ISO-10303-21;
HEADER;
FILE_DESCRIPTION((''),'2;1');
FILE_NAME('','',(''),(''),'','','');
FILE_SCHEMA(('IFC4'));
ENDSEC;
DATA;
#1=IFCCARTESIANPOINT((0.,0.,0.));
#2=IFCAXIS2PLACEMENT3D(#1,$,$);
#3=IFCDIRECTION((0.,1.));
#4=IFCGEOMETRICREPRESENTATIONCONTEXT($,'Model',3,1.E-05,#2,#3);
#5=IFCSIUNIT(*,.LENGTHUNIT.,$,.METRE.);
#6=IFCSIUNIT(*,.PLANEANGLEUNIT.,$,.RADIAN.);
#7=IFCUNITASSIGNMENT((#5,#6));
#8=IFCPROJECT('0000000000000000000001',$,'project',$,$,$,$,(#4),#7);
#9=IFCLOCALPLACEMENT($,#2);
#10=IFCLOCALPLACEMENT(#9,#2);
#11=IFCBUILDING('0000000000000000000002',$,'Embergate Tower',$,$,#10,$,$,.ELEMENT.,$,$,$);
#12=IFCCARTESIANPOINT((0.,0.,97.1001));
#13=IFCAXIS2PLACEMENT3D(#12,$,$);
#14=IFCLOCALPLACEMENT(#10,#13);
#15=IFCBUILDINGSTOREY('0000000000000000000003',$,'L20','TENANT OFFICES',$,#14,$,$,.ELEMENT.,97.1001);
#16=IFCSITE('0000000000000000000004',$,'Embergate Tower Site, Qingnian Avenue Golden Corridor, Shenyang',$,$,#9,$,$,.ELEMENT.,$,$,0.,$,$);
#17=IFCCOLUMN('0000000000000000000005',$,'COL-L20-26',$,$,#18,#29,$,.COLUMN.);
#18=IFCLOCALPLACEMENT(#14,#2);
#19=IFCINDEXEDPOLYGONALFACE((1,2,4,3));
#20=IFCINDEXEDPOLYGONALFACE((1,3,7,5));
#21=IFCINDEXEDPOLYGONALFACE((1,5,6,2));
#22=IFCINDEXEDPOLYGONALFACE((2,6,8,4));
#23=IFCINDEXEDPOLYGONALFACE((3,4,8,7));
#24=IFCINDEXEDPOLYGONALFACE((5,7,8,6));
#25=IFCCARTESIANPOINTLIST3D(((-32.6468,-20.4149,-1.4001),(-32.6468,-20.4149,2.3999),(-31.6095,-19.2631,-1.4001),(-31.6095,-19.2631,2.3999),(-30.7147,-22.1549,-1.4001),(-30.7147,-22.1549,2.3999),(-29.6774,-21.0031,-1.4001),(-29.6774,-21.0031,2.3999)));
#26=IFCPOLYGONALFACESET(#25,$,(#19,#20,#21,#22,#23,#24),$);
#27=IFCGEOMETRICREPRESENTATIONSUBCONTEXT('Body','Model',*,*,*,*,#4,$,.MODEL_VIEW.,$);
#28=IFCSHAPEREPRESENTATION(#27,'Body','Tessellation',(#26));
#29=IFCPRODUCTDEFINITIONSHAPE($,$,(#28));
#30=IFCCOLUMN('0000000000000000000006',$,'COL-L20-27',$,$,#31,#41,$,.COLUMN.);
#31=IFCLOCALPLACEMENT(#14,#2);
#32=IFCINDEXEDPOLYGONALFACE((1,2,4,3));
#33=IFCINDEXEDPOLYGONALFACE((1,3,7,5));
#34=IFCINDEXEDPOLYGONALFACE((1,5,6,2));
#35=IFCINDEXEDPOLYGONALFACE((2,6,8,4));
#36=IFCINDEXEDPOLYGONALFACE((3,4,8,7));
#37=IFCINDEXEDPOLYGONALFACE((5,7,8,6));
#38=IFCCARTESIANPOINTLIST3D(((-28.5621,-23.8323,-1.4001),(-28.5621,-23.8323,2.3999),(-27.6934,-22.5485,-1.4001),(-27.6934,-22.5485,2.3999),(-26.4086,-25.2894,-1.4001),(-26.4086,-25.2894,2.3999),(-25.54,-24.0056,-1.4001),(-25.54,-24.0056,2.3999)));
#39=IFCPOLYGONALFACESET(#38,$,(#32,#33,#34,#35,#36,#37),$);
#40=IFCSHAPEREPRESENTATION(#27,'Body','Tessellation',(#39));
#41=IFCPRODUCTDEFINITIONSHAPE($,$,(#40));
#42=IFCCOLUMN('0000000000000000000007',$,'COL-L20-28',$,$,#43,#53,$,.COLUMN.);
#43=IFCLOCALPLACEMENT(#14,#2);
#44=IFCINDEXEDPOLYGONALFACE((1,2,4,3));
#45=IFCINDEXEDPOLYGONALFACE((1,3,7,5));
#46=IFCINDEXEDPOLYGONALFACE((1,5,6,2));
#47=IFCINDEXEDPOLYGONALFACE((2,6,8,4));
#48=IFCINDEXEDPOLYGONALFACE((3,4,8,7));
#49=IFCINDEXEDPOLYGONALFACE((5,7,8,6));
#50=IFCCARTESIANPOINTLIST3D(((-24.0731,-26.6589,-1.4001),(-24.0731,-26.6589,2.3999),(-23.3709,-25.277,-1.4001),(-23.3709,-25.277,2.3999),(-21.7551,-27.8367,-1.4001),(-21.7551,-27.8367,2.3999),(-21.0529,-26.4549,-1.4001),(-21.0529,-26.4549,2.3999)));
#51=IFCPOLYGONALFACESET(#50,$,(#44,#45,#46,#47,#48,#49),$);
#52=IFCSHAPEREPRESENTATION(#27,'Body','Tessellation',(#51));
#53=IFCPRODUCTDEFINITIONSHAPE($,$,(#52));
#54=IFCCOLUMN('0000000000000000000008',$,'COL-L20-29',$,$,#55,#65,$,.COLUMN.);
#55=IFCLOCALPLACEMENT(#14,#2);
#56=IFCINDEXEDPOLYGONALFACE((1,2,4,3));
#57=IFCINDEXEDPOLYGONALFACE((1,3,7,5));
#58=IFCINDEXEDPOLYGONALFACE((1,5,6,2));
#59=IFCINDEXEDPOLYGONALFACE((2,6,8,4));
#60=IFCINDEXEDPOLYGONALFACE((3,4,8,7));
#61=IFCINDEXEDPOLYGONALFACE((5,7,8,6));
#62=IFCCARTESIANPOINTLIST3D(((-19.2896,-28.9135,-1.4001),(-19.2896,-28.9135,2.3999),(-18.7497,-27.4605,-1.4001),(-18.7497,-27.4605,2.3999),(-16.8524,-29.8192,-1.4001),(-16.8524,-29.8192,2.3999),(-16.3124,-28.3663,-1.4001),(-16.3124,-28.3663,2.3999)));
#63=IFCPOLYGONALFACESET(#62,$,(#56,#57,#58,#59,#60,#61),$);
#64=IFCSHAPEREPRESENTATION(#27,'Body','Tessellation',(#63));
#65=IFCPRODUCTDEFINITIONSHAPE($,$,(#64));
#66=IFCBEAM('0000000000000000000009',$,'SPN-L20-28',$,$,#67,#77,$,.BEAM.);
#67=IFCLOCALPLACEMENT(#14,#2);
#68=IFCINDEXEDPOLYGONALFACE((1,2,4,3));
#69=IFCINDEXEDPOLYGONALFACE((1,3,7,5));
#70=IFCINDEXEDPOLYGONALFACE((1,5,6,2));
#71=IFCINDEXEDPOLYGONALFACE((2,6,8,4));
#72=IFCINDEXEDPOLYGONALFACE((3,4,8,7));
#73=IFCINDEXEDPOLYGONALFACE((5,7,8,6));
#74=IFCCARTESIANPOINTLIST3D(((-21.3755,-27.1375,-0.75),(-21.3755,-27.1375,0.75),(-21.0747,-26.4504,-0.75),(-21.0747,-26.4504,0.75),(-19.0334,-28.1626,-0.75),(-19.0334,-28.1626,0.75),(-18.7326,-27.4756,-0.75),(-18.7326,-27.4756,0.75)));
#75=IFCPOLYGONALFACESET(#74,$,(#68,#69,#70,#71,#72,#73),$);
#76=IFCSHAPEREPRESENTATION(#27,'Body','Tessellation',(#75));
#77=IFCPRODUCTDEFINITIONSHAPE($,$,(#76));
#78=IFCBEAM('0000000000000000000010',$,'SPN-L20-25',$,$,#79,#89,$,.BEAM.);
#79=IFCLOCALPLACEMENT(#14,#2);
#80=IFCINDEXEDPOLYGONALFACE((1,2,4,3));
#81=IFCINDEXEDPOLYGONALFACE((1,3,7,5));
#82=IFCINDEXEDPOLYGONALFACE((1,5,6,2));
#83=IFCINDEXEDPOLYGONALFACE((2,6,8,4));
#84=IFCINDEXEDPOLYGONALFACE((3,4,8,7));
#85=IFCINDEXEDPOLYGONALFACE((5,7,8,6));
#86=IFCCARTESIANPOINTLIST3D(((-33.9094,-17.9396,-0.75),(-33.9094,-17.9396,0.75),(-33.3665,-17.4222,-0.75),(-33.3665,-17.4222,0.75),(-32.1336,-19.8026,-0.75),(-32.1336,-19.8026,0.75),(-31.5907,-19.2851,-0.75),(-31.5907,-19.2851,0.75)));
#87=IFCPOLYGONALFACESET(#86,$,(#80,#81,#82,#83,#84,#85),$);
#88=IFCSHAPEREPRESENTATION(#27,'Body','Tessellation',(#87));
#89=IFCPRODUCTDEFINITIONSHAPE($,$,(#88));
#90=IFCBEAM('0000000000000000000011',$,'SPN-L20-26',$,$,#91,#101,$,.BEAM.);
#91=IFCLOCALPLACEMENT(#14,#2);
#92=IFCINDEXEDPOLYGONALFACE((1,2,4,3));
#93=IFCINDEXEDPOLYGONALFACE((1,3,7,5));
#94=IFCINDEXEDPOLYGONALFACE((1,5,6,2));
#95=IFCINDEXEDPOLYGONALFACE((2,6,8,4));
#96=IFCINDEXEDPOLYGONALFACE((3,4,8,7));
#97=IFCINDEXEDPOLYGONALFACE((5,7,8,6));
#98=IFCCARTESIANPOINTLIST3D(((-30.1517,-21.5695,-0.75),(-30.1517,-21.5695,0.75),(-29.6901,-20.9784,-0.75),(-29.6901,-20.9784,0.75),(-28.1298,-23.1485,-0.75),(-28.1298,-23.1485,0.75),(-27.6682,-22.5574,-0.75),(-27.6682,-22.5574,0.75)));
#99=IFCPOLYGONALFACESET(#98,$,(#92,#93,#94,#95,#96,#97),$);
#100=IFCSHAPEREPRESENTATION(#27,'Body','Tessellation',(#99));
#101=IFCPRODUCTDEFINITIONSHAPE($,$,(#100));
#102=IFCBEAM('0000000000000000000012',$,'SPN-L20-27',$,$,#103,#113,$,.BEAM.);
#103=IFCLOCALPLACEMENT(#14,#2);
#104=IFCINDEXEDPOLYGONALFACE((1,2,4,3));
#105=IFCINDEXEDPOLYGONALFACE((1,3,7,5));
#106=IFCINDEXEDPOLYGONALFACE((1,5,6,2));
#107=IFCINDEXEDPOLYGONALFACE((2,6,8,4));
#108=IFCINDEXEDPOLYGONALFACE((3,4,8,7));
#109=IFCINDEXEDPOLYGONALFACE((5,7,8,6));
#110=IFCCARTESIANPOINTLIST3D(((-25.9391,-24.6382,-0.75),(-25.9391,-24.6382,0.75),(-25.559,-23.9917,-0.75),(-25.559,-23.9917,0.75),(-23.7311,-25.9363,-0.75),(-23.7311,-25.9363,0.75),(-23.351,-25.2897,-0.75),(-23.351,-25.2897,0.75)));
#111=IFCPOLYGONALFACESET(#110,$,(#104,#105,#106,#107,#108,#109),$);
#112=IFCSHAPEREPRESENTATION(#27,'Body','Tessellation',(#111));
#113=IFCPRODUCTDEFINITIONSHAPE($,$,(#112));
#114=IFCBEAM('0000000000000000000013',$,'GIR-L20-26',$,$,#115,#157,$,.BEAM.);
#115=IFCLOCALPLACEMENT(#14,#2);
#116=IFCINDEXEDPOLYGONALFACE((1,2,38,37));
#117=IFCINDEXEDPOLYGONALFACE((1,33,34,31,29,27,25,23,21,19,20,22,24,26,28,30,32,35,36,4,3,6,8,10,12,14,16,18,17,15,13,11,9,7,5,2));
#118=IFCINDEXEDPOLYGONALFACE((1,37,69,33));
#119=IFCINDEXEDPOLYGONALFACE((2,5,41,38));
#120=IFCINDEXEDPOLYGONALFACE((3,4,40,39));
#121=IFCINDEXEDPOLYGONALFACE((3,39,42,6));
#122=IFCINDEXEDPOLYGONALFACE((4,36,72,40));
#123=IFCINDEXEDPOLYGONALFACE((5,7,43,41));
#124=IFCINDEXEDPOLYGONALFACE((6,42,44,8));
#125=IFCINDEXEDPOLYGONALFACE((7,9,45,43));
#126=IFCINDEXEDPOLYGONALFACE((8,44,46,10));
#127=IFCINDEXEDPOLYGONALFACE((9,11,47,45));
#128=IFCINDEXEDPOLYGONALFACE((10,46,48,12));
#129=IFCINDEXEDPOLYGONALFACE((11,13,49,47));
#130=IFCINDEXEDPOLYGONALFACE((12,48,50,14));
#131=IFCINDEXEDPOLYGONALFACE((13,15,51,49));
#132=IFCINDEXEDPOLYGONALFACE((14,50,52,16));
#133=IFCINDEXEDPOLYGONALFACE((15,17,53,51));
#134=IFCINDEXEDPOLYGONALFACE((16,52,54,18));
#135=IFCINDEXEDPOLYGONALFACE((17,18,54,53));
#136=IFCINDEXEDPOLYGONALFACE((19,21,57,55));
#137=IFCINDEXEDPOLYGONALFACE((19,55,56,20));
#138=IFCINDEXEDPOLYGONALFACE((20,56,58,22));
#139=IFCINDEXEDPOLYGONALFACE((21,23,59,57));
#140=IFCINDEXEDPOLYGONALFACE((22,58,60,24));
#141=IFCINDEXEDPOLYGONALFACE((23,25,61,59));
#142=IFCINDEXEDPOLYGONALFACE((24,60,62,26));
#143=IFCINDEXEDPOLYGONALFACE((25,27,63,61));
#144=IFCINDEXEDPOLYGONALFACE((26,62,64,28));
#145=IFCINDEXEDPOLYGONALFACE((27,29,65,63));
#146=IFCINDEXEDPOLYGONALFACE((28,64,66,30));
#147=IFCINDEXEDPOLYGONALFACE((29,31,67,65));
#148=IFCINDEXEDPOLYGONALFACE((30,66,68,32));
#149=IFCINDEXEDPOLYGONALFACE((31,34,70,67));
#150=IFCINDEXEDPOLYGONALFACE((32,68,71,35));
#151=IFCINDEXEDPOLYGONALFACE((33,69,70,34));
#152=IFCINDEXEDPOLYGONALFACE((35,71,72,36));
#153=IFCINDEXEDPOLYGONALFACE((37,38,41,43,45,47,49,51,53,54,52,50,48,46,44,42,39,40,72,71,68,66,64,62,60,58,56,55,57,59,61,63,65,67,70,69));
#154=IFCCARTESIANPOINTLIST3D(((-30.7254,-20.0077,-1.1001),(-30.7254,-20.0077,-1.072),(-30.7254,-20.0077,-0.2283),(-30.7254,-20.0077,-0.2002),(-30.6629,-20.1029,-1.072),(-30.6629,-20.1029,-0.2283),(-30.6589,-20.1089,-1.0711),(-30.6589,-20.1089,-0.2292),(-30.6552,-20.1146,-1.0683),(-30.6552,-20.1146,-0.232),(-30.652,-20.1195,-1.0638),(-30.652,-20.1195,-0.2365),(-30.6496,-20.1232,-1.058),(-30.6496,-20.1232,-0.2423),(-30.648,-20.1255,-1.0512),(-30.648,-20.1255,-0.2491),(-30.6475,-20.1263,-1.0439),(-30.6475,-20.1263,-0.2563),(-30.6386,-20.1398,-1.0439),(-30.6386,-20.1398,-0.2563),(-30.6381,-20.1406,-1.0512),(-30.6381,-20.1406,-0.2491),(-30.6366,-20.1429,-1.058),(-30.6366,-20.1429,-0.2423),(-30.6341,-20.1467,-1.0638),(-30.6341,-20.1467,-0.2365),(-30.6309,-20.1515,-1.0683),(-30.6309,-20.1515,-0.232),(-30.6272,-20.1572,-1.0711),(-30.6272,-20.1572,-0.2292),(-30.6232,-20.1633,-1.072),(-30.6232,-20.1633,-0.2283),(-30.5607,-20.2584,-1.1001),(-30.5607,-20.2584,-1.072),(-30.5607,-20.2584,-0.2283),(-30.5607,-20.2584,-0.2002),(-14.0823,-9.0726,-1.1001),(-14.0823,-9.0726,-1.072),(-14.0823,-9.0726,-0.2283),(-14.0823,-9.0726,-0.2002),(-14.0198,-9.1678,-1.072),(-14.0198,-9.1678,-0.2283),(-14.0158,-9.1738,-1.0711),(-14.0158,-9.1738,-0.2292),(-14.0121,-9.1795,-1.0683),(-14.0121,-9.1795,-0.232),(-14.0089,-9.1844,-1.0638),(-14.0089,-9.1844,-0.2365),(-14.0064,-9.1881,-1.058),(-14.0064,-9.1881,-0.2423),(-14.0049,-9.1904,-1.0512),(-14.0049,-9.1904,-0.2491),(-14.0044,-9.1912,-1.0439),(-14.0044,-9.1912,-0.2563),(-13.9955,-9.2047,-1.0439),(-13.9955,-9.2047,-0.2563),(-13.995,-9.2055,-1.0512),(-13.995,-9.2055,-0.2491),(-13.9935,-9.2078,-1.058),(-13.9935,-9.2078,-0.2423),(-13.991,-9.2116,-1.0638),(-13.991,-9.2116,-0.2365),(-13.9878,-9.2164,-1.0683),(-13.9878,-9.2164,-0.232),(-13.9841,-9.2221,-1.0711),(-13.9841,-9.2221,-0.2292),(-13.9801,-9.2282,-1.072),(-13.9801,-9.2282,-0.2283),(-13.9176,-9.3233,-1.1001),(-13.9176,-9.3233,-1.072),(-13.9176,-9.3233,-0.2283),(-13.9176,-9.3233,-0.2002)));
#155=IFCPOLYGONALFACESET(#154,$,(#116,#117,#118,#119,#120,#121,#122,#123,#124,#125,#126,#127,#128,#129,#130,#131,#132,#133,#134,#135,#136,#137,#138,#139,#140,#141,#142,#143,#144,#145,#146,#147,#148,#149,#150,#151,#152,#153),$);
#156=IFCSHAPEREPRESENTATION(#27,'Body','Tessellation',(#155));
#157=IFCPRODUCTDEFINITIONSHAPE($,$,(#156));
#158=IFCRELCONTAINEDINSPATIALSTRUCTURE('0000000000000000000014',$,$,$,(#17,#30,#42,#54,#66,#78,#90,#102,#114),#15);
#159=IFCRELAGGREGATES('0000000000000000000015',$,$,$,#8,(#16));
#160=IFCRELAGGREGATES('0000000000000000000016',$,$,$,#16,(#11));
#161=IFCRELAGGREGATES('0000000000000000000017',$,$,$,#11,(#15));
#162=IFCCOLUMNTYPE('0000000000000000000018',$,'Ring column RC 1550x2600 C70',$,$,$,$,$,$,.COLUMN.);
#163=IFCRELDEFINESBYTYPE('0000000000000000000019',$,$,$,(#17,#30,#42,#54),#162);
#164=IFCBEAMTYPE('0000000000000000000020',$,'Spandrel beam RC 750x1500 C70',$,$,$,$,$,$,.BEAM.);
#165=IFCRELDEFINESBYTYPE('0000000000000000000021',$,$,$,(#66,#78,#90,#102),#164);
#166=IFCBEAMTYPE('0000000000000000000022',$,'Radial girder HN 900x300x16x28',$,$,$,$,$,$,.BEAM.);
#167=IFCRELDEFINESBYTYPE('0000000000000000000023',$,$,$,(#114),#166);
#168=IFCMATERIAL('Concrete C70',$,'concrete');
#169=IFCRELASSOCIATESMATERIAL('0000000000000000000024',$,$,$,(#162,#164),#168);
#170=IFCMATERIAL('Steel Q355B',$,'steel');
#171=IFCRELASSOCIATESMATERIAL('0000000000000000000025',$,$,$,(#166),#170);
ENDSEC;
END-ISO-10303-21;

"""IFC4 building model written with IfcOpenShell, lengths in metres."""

from ifc_helpers import new_model, si_unit, direction, frame, origin, origin_2d, place, context, subcontext, project, spatial, rectangle, i_section, extrude, source, transform, mapped, material, material_profile, profile_set, type_object, element, save


model = new_model("IFC4")

# Units and contexts
model_context = context("Model", 3, precision=1e-05, world=origin(), true_north=direction((0.0, 1.0)))
body_context = subcontext(model_context, "Body", "Model", "MODEL_VIEW")
ifc_project = project(units=[si_unit("LENGTHUNIT", "METRE"), si_unit("PLANEANGLEUNIT", "RADIAN")], contexts=[model_context])

# Site, building, storey
site_placement = place(None, origin())
site = spatial("IfcSite", under=ifc_project, at=site_placement, Name="Embergate Tower Site, Qingnian Avenue Golden Corridor, Shenyang", CompositionType="ELEMENT", RefElevation=0.0)
building_placement = place(site_placement, origin())
building = spatial("IfcBuilding", under=site, at=building_placement, Name="Embergate Tower", CompositionType="ELEMENT")
storey_placement = place(building_placement, frame((0.0, 0.0, 97.1001)))
storey = spatial("IfcBuildingStorey", under=building, at=storey_placement, Name="L20", Description="TENANT OFFICES", CompositionType="ELEMENT", Elevation=97.1001)

# Columns
ifc_material_1 = material(Name="Concrete C70", Category="concrete")
ifc_material_profile_1 = material_profile(ifc_material_1, rectangle(XDim=1.55, YDim=2.6001, at=origin_2d()), Name="RC 1550x2600")
ifc_profile_set_1 = profile_set([ifc_material_profile_1], Name="Concrete C70")
column_type = type_object("IfcColumnType", Name="Ring column RC 1550x2600 C70", PredefinedType="COLUMN", material=ifc_profile_set_1)
shared_shape_1 = source(origin(), body_context, "Body", "SweptSolid", [
    extrude(rectangle(XDim=1.55, YDim=2.6001, at=origin_2d()), origin(), (0.0, 0.0, 1.0), 3.8),
])
for number, where, z_axis, x_axis, name in (
    (1, (-31.1621, -20.709, -1.4001), (0.0, 0.0, 1.0), (-0.669208, -0.743075, 0.0), "COL-L20-26"),
    (2, (-27.051, -23.9189, -1.4001), (0.0, 0.0, 1.0), (-0.560393, -0.828227, 0.0), "COL-L20-27"),
    (3, (-22.563, -26.5569, -1.4001), (0.0, 0.0, 1.0), (-0.452995, -0.891513, 0.0), "COL-L20-28"),
    (4, (-17.801, -28.6399, -1.4001), (0.0, 0.0, 1.0), (-0.348343, -0.937367, 0.0), "COL-L20-29"),
):
    element("IfcColumn", number, at=place(storey_placement, frame(where, z_axis=z_axis, x_axis=x_axis)), inside=storey, type_object=column_type, Name=name, PredefinedType="COLUMN", context=body_context, shape_type="MappedRepresentation", body=[
        mapped(shared_shape_1, transform((0.0, 0.0, 0.0))),
    ])

# Beams
ifc_material_profile_2 = material_profile(ifc_material_1, rectangle(XDim=0.75, YDim=1.5, at=origin_2d()), Name="RC 750x1500")
ifc_profile_set_2 = profile_set([ifc_material_profile_2], Name="Concrete C70")
beam_type_1 = type_object("IfcBeamType", Name="Spandrel beam RC 750x1500 C70", PredefinedType="BEAM", material=ifc_profile_set_2)
shared_shape_2 = source(origin(), body_context, "Body", "SweptSolid", [
    extrude(rectangle(XDim=0.75, YDim=1.5, at=origin_2d()), origin(), (0.0, 0.0, 1.0), 2.5566),
])
beam_1_placement = place(storey_placement, frame((-21.2251, -26.7939, 0.0), z_axis=(0.916085, -0.400984, 0.0), x_axis=(0.400984, 0.916085, 0.0)))
element("IfcBeam", 5, at=beam_1_placement, inside=storey, type_object=beam_type_1, Name="SPN-L20-28", PredefinedType="BEAM", context=body_context, shape_type="MappedRepresentation", body=[
    mapped(shared_shape_2, transform((0.0, 0.0, 0.0))),
])
shared_shape_3 = source(origin(), body_context, "Body", "SweptSolid", [
    extrude(rectangle(XDim=0.75, YDim=1.5, at=origin_2d()), origin(), (0.0, 0.0, 1.0), 2.5737),
])
beam_2_placement = place(storey_placement, frame((-33.6379, -17.6809, 0.0), z_axis=(0.689972, -0.723836, 0.0), x_axis=(0.723836, 0.689972, 0.0)))
element("IfcBeam", 6, at=beam_2_placement, inside=storey, type_object=beam_type_1, Name="SPN-L20-25", PredefinedType="BEAM", context=body_context, shape_type="MappedRepresentation", body=[
    mapped(shared_shape_3, transform((0.0, 0.0, 0.0))),
])
shared_shape_4 = source(origin(), body_context, "Body", "SweptSolid", [
    extrude(rectangle(XDim=0.75, YDim=1.5, at=origin_2d()), origin(), (0.0, 0.0, 1.0), 2.5654),
])
beam_3_placement = place(storey_placement, frame((-29.9209, -21.2739, 0.0), z_axis=(0.788131, -0.615507, 0.0), x_axis=(0.615507, 0.788131, 0.0)))
element("IfcBeam", 7, at=beam_3_placement, inside=storey, type_object=beam_type_1, Name="SPN-L20-26", PredefinedType="BEAM", context=body_context, shape_type="MappedRepresentation", body=[
    mapped(shared_shape_4, transform((0.0, 0.0, 0.0))),
])
shared_shape_5 = source(origin(), body_context, "Body", "SweptSolid", [
    extrude(rectangle(XDim=0.75, YDim=1.5, at=origin_2d()), origin(), (0.0, 0.0, 1.0), 2.5613),
])
beam_4_placement = place(storey_placement, frame((-25.749, -24.3149, 0.0), z_axis=(0.862059, -0.506808, 0.0), x_axis=(0.506808, 0.862059, 0.0)))
element("IfcBeam", 8, at=beam_4_placement, inside=storey, type_object=beam_type_1, Name="SPN-L20-27", PredefinedType="BEAM", context=body_context, shape_type="MappedRepresentation", body=[
    mapped(shared_shape_5, transform((0.0, 0.0, 0.0))),
])
ifc_material_2 = material(Name="Steel Q355B", Category="steel")
ifc_material_profile_3 = material_profile(ifc_material_2, i_section(OverallWidth=0.3, OverallDepth=0.8999, WebThickness=0.0161, FlangeThickness=0.0281, FilletRadius=0.0281, at=origin_2d()), Name="HN 900x300x16x28")
ifc_profile_set_3 = profile_set([ifc_material_profile_3], Name="Steel Q355 grade B")
beam_type_2 = type_object("IfcBeamType", Name="Radial girder HN 900x300x16x28", PredefinedType="BEAM", material=ifc_profile_set_3)
shared_shape_6 = source(origin(), body_context, "Body", "SweptSolid", [
    extrude(i_section(OverallWidth=0.3, OverallDepth=0.8999, WebThickness=0.0161, FlangeThickness=0.0281, FilletRadius=0.0281, at=origin_2d()), origin(), (0.0, 0.0, 1.0), 19.9141),
])
beam_5_placement = place(storey_placement, frame((-30.6431, -20.1331, -0.6501), z_axis=(0.835747, 0.549114, 0.0), x_axis=(-0.549114, 0.835747, 0.0)))
element("IfcBeam", 9, at=beam_5_placement, inside=storey, type_object=beam_type_2, Name="GIR-L20-26", PredefinedType="BEAM", context=body_context, shape_type="MappedRepresentation", body=[
    mapped(shared_shape_6, transform((0.0, 0.0, 0.0))),
])

save(model, "model.ifc")
